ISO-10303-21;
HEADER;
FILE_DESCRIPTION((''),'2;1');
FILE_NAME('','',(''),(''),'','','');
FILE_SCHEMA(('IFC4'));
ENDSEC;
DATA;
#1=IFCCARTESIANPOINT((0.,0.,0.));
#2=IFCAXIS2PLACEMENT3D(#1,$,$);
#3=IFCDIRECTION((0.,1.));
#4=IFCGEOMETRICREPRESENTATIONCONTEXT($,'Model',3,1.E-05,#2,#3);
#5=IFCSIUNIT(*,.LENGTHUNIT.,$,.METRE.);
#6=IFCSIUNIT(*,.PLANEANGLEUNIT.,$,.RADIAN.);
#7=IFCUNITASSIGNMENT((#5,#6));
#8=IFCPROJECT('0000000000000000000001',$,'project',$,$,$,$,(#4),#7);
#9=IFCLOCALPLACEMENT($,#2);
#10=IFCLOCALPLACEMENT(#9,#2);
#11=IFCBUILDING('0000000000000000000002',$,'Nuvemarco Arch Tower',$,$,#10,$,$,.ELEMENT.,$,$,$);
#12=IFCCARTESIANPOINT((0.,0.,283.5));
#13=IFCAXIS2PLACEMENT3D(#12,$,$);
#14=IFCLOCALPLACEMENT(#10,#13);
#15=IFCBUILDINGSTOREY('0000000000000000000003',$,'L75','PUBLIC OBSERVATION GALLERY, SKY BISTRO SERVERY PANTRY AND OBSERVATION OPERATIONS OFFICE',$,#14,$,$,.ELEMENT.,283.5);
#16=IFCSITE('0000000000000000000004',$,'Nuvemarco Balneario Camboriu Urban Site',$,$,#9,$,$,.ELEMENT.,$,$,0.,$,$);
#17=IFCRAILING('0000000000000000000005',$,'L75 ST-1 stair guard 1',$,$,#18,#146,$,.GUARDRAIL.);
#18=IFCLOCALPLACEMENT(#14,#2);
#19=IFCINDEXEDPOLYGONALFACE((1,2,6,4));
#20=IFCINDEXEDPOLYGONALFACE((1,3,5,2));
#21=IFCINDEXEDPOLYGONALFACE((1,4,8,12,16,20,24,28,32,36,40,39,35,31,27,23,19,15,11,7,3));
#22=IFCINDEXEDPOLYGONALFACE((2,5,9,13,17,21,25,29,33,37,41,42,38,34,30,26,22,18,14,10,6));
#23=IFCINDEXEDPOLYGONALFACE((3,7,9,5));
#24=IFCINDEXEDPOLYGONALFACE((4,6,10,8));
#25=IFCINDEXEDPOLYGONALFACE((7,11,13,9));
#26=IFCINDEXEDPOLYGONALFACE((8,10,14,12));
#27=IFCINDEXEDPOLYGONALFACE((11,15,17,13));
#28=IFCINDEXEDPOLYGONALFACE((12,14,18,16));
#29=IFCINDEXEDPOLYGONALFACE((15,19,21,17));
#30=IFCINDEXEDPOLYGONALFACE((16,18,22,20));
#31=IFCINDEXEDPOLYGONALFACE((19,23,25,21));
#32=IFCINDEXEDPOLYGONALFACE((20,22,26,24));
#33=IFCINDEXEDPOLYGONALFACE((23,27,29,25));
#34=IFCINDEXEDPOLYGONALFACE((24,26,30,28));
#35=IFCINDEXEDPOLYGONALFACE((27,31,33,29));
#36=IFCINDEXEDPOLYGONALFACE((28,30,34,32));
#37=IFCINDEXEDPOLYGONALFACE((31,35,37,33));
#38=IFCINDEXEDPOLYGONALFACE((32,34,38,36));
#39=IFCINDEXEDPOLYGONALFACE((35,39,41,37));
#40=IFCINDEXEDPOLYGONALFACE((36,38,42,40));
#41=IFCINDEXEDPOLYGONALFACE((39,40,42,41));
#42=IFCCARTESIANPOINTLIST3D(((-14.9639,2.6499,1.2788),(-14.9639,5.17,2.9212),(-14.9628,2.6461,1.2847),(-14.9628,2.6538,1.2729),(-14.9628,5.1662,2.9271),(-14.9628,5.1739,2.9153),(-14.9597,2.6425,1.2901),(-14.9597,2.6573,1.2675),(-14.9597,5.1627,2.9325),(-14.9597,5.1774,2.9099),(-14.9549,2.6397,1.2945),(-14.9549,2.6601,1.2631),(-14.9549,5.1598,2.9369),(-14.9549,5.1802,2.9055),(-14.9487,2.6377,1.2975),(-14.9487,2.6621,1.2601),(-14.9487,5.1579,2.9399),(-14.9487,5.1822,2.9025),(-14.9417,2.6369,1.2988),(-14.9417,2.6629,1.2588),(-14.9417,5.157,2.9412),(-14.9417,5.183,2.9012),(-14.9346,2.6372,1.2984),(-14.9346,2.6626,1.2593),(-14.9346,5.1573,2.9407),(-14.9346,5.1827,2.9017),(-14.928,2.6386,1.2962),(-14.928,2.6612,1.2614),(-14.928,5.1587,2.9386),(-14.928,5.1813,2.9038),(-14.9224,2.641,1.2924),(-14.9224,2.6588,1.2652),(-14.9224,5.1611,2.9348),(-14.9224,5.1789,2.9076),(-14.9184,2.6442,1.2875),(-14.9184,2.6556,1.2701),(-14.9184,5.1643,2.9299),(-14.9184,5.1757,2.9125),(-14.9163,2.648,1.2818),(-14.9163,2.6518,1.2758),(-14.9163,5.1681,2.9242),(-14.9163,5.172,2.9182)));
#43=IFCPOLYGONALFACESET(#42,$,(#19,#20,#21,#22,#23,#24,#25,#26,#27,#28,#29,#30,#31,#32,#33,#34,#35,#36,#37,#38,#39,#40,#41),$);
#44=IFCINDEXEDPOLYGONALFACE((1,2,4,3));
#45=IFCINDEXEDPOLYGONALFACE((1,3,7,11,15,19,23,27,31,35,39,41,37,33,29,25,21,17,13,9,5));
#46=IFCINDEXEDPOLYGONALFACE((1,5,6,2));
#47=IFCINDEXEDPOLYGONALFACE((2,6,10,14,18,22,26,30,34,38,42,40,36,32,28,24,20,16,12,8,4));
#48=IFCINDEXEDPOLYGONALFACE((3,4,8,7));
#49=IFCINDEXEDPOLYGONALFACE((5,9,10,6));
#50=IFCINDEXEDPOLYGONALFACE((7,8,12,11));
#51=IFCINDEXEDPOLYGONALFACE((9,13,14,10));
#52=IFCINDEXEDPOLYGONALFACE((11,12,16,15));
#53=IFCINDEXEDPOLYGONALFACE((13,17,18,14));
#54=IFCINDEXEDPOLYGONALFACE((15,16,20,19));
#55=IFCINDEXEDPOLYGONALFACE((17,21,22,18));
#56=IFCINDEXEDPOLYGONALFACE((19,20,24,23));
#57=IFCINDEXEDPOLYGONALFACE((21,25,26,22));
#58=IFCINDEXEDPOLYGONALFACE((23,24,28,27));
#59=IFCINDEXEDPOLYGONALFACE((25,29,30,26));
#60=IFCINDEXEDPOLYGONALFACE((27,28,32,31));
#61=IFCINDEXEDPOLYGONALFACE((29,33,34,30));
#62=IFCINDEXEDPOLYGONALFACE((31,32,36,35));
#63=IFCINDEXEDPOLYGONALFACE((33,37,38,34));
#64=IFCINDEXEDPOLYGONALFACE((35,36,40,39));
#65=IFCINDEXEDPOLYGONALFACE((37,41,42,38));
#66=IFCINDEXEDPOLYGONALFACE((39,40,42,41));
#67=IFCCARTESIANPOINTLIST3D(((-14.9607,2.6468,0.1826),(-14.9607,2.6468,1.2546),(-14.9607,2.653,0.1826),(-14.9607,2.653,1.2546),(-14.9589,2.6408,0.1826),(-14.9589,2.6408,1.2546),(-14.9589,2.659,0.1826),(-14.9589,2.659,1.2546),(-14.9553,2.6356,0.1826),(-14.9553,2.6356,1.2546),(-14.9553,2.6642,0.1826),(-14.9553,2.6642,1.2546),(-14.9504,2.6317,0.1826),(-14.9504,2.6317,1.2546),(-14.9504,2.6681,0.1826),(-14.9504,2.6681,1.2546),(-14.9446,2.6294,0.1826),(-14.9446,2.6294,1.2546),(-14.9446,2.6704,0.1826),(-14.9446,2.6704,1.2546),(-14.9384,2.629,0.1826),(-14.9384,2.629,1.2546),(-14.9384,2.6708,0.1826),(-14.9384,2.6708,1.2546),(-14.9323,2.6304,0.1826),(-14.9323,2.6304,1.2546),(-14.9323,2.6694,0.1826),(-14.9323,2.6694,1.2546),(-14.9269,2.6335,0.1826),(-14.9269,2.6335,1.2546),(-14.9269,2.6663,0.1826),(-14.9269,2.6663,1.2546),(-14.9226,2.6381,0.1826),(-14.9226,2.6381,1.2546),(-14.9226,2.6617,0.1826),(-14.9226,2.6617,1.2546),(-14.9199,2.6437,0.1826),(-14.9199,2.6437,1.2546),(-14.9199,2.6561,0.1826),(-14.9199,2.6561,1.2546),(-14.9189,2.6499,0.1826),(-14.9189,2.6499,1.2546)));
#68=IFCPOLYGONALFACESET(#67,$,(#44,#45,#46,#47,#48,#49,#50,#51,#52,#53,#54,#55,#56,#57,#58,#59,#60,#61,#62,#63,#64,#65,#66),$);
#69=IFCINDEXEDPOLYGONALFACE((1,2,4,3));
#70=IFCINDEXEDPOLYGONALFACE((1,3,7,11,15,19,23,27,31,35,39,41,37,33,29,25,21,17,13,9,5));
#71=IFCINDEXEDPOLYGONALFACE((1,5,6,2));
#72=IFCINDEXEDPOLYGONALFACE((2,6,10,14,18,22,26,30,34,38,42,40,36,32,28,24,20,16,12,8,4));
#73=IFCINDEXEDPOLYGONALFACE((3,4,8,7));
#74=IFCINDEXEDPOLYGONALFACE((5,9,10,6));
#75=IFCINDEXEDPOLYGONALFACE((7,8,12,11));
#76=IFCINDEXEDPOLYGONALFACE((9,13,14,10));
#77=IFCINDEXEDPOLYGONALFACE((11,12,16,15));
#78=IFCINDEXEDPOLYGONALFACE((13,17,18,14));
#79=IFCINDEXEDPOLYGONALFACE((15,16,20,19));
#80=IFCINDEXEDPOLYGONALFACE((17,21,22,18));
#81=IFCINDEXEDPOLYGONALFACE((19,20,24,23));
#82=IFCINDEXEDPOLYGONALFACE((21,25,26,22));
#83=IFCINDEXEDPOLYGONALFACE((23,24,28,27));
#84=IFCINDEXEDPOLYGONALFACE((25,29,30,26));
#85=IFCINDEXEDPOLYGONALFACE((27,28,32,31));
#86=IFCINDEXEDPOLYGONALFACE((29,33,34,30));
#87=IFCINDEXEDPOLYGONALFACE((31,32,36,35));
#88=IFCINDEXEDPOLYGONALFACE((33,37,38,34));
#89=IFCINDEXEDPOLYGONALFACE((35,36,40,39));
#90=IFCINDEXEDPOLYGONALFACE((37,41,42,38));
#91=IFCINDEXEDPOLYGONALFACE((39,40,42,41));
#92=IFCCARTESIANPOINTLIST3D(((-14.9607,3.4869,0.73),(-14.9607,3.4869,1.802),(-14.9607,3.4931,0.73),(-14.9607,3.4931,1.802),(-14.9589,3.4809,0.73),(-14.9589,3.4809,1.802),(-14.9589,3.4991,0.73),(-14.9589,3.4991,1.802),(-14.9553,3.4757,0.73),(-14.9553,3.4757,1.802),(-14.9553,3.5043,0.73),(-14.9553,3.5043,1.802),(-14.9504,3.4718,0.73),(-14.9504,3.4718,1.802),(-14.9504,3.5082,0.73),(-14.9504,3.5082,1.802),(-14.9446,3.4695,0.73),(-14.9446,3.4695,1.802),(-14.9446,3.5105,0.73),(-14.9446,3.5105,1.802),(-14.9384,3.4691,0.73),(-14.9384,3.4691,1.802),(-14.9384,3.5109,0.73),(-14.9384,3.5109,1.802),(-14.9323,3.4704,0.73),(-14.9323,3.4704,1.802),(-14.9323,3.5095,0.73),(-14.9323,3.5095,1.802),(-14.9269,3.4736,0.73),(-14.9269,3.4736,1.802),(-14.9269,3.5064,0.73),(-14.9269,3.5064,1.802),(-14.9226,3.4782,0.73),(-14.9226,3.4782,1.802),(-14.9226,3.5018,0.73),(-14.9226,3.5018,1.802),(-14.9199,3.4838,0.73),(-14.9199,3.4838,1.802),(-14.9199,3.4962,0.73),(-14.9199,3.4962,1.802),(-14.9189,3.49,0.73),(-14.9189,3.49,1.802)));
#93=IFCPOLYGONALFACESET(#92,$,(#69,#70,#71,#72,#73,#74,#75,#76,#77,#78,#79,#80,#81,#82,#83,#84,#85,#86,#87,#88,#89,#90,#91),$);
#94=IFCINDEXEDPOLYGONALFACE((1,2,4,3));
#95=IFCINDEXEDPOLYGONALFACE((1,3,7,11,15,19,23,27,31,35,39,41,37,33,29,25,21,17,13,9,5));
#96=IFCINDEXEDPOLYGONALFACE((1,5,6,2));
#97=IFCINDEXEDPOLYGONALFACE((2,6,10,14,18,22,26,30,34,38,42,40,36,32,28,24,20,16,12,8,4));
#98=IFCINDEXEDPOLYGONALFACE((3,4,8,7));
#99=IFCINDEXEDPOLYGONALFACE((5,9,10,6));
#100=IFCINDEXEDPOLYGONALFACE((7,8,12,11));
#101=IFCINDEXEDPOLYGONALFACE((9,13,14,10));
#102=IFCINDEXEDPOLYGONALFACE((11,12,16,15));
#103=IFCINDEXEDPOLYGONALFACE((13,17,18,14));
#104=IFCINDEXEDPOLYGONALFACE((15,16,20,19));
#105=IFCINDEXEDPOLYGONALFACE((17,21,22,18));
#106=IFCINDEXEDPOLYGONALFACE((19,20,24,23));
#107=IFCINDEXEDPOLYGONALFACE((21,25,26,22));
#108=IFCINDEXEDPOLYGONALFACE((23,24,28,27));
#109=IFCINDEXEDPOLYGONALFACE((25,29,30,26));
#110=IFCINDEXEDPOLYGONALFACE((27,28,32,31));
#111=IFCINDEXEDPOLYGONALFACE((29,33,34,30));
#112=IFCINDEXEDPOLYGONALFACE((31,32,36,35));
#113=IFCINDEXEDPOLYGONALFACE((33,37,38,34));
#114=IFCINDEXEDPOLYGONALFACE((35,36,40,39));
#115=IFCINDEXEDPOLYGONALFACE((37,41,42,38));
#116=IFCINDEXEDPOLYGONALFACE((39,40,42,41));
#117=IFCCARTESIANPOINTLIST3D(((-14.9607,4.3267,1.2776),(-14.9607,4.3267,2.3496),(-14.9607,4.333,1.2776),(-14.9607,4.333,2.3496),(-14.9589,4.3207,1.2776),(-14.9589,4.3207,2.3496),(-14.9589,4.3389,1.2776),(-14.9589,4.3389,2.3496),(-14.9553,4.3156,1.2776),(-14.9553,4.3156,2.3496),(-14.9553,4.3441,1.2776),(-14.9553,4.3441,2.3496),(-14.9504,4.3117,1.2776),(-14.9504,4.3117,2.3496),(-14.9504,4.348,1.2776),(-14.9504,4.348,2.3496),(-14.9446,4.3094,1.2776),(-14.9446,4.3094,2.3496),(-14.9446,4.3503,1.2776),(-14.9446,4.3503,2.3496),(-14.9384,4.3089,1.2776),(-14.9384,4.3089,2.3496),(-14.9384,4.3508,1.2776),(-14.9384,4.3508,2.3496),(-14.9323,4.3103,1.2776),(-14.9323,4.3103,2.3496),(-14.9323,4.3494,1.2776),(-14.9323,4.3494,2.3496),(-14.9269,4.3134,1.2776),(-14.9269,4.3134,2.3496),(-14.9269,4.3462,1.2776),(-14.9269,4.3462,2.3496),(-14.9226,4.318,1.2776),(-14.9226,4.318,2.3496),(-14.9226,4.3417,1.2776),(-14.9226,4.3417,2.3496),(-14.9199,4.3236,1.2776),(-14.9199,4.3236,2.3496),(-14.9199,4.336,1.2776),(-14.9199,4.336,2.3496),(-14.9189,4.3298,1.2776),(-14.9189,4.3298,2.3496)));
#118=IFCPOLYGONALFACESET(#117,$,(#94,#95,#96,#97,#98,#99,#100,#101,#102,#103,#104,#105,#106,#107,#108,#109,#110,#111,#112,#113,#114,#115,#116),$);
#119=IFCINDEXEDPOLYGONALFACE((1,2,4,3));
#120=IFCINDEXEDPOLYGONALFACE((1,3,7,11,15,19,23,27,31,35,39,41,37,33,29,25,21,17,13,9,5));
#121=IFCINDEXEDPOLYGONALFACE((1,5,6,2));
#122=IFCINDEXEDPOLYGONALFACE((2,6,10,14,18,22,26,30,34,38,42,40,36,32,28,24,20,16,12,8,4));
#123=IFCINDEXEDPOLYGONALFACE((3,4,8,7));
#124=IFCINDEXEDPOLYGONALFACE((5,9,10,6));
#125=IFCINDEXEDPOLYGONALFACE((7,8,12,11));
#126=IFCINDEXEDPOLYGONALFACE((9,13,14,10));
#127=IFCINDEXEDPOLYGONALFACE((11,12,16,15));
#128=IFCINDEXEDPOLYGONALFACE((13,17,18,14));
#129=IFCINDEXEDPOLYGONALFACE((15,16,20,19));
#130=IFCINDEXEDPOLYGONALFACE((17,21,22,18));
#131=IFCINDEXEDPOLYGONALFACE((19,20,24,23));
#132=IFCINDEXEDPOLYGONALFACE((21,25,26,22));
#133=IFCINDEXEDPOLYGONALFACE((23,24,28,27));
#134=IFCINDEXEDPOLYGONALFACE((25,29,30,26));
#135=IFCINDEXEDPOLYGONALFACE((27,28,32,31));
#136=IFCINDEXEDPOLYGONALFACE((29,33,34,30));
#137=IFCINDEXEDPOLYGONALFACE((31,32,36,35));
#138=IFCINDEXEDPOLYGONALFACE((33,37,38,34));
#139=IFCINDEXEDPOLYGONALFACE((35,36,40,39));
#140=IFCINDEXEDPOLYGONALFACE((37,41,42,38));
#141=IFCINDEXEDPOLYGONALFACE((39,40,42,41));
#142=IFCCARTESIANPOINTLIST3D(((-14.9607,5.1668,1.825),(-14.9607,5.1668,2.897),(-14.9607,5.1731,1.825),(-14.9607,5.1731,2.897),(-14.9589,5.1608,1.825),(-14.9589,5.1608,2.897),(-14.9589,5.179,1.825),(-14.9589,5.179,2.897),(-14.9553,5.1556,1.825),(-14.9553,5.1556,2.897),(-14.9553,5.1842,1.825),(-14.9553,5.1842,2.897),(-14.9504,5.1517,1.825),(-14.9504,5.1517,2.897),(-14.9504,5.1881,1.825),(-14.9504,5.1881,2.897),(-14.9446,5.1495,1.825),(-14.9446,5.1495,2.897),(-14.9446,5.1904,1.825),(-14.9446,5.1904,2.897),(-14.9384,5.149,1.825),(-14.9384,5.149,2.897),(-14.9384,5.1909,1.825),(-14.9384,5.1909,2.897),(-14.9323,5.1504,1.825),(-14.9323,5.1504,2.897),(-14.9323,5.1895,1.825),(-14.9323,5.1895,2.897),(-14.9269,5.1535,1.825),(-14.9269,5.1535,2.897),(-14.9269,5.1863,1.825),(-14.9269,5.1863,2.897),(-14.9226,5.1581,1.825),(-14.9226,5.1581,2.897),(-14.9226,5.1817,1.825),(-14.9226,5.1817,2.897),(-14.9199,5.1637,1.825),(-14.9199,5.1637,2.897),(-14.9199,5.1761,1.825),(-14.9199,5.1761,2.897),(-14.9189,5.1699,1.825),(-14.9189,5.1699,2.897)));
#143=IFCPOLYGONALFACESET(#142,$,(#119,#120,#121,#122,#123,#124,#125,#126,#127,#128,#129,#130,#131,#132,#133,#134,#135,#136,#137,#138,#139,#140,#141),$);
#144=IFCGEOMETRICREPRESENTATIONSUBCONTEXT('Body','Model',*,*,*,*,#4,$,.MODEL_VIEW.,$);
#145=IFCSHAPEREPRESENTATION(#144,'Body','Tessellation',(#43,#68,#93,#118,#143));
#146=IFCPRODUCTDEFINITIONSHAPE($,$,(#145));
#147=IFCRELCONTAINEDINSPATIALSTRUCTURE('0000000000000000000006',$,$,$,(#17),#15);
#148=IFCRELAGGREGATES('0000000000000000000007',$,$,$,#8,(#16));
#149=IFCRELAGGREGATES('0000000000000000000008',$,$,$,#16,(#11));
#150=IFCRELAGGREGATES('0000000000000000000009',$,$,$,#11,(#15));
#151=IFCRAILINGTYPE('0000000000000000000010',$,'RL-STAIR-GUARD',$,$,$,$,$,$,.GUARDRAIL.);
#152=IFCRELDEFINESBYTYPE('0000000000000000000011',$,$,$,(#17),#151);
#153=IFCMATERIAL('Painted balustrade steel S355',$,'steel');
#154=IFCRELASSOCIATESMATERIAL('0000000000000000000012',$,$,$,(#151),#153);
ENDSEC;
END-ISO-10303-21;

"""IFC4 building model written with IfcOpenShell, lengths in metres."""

from ifc_helpers import new_model, si_unit, direction, frame, origin, origin_2d, place, context, subcontext, project, spatial, circle, extrude, material, type_object, element, save


model = new_model("IFC4")

# Units and contexts
model_context = context("Model", 3, precision=1e-05, world=origin(), true_north=direction((0.0, 1.0)))
body_context = subcontext(model_context, "Body", "Model", "MODEL_VIEW")
ifc_project = project(units=[si_unit("LENGTHUNIT", "METRE"), si_unit("PLANEANGLEUNIT", "RADIAN")], contexts=[model_context])

# Site, building, storey
site_placement = place(None, origin())
site = spatial("IfcSite", under=ifc_project, at=site_placement, Name="Nuvemarco Balneario Camboriu Urban Site", CompositionType="ELEMENT", RefElevation=0.0)
building_placement = place(site_placement, origin())
building = spatial("IfcBuilding", under=site, at=building_placement, Name="Nuvemarco Arch Tower", CompositionType="ELEMENT")
storey_placement = place(building_placement, frame((0.0, 0.0, 283.5)))
storey = spatial("IfcBuildingStorey", under=building, at=storey_placement, Name="L75", Description="PUBLIC OBSERVATION GALLERY, SKY BISTRO SERVERY PANTRY AND OBSERVATION OPERATIONS OFFICE", CompositionType="ELEMENT", Elevation=283.5)

# Railing
ifc_material_1 = material(Name="Painted balustrade steel S355", Category="steel")
railing_type_1 = type_object("IfcRailingType", Name="RL-STAIR-GUARD", PredefinedType="GUARDRAIL", material=ifc_material_1)
railing_1_placement = place(storey_placement, frame((-14.9399, 2.6499, 0.1826)))
element("IfcRailing", 1, at=railing_1_placement, inside=storey, type_object=railing_type_1, Name="L75 ST-1 stair guard 1", PredefinedType="GUARDRAIL", context=body_context, shape_type="SweptSolid", body=[
    extrude(circle(Radius=0.0239, at=origin_2d()), frame((0.0, 0.0, 1.0962), z_axis=(0.0, 0.837787, 0.545998), x_axis=(-1.0, 0.0, 0.0)), (0.0, 0.0, 1.0), 3.0081),
    extrude(circle(Radius=0.021, at=origin_2d()), origin(), (0.0, 0.0, 1.0), 1.072),
    extrude(circle(Radius=0.021, at=origin_2d()), frame((0.0, 0.8401, 0.5474)), (0.0, 0.0, 1.0), 1.072),
    extrude(circle(Radius=0.021, at=origin_2d()), frame((0.0, 1.6799, 1.095)), (0.0, 0.0, 1.0), 1.072),
    extrude(circle(Radius=0.021, at=origin_2d()), frame((0.0, 2.52, 1.6423)), (0.0, 0.0, 1.0), 1.072),
])

save(model, "model.ifc")
